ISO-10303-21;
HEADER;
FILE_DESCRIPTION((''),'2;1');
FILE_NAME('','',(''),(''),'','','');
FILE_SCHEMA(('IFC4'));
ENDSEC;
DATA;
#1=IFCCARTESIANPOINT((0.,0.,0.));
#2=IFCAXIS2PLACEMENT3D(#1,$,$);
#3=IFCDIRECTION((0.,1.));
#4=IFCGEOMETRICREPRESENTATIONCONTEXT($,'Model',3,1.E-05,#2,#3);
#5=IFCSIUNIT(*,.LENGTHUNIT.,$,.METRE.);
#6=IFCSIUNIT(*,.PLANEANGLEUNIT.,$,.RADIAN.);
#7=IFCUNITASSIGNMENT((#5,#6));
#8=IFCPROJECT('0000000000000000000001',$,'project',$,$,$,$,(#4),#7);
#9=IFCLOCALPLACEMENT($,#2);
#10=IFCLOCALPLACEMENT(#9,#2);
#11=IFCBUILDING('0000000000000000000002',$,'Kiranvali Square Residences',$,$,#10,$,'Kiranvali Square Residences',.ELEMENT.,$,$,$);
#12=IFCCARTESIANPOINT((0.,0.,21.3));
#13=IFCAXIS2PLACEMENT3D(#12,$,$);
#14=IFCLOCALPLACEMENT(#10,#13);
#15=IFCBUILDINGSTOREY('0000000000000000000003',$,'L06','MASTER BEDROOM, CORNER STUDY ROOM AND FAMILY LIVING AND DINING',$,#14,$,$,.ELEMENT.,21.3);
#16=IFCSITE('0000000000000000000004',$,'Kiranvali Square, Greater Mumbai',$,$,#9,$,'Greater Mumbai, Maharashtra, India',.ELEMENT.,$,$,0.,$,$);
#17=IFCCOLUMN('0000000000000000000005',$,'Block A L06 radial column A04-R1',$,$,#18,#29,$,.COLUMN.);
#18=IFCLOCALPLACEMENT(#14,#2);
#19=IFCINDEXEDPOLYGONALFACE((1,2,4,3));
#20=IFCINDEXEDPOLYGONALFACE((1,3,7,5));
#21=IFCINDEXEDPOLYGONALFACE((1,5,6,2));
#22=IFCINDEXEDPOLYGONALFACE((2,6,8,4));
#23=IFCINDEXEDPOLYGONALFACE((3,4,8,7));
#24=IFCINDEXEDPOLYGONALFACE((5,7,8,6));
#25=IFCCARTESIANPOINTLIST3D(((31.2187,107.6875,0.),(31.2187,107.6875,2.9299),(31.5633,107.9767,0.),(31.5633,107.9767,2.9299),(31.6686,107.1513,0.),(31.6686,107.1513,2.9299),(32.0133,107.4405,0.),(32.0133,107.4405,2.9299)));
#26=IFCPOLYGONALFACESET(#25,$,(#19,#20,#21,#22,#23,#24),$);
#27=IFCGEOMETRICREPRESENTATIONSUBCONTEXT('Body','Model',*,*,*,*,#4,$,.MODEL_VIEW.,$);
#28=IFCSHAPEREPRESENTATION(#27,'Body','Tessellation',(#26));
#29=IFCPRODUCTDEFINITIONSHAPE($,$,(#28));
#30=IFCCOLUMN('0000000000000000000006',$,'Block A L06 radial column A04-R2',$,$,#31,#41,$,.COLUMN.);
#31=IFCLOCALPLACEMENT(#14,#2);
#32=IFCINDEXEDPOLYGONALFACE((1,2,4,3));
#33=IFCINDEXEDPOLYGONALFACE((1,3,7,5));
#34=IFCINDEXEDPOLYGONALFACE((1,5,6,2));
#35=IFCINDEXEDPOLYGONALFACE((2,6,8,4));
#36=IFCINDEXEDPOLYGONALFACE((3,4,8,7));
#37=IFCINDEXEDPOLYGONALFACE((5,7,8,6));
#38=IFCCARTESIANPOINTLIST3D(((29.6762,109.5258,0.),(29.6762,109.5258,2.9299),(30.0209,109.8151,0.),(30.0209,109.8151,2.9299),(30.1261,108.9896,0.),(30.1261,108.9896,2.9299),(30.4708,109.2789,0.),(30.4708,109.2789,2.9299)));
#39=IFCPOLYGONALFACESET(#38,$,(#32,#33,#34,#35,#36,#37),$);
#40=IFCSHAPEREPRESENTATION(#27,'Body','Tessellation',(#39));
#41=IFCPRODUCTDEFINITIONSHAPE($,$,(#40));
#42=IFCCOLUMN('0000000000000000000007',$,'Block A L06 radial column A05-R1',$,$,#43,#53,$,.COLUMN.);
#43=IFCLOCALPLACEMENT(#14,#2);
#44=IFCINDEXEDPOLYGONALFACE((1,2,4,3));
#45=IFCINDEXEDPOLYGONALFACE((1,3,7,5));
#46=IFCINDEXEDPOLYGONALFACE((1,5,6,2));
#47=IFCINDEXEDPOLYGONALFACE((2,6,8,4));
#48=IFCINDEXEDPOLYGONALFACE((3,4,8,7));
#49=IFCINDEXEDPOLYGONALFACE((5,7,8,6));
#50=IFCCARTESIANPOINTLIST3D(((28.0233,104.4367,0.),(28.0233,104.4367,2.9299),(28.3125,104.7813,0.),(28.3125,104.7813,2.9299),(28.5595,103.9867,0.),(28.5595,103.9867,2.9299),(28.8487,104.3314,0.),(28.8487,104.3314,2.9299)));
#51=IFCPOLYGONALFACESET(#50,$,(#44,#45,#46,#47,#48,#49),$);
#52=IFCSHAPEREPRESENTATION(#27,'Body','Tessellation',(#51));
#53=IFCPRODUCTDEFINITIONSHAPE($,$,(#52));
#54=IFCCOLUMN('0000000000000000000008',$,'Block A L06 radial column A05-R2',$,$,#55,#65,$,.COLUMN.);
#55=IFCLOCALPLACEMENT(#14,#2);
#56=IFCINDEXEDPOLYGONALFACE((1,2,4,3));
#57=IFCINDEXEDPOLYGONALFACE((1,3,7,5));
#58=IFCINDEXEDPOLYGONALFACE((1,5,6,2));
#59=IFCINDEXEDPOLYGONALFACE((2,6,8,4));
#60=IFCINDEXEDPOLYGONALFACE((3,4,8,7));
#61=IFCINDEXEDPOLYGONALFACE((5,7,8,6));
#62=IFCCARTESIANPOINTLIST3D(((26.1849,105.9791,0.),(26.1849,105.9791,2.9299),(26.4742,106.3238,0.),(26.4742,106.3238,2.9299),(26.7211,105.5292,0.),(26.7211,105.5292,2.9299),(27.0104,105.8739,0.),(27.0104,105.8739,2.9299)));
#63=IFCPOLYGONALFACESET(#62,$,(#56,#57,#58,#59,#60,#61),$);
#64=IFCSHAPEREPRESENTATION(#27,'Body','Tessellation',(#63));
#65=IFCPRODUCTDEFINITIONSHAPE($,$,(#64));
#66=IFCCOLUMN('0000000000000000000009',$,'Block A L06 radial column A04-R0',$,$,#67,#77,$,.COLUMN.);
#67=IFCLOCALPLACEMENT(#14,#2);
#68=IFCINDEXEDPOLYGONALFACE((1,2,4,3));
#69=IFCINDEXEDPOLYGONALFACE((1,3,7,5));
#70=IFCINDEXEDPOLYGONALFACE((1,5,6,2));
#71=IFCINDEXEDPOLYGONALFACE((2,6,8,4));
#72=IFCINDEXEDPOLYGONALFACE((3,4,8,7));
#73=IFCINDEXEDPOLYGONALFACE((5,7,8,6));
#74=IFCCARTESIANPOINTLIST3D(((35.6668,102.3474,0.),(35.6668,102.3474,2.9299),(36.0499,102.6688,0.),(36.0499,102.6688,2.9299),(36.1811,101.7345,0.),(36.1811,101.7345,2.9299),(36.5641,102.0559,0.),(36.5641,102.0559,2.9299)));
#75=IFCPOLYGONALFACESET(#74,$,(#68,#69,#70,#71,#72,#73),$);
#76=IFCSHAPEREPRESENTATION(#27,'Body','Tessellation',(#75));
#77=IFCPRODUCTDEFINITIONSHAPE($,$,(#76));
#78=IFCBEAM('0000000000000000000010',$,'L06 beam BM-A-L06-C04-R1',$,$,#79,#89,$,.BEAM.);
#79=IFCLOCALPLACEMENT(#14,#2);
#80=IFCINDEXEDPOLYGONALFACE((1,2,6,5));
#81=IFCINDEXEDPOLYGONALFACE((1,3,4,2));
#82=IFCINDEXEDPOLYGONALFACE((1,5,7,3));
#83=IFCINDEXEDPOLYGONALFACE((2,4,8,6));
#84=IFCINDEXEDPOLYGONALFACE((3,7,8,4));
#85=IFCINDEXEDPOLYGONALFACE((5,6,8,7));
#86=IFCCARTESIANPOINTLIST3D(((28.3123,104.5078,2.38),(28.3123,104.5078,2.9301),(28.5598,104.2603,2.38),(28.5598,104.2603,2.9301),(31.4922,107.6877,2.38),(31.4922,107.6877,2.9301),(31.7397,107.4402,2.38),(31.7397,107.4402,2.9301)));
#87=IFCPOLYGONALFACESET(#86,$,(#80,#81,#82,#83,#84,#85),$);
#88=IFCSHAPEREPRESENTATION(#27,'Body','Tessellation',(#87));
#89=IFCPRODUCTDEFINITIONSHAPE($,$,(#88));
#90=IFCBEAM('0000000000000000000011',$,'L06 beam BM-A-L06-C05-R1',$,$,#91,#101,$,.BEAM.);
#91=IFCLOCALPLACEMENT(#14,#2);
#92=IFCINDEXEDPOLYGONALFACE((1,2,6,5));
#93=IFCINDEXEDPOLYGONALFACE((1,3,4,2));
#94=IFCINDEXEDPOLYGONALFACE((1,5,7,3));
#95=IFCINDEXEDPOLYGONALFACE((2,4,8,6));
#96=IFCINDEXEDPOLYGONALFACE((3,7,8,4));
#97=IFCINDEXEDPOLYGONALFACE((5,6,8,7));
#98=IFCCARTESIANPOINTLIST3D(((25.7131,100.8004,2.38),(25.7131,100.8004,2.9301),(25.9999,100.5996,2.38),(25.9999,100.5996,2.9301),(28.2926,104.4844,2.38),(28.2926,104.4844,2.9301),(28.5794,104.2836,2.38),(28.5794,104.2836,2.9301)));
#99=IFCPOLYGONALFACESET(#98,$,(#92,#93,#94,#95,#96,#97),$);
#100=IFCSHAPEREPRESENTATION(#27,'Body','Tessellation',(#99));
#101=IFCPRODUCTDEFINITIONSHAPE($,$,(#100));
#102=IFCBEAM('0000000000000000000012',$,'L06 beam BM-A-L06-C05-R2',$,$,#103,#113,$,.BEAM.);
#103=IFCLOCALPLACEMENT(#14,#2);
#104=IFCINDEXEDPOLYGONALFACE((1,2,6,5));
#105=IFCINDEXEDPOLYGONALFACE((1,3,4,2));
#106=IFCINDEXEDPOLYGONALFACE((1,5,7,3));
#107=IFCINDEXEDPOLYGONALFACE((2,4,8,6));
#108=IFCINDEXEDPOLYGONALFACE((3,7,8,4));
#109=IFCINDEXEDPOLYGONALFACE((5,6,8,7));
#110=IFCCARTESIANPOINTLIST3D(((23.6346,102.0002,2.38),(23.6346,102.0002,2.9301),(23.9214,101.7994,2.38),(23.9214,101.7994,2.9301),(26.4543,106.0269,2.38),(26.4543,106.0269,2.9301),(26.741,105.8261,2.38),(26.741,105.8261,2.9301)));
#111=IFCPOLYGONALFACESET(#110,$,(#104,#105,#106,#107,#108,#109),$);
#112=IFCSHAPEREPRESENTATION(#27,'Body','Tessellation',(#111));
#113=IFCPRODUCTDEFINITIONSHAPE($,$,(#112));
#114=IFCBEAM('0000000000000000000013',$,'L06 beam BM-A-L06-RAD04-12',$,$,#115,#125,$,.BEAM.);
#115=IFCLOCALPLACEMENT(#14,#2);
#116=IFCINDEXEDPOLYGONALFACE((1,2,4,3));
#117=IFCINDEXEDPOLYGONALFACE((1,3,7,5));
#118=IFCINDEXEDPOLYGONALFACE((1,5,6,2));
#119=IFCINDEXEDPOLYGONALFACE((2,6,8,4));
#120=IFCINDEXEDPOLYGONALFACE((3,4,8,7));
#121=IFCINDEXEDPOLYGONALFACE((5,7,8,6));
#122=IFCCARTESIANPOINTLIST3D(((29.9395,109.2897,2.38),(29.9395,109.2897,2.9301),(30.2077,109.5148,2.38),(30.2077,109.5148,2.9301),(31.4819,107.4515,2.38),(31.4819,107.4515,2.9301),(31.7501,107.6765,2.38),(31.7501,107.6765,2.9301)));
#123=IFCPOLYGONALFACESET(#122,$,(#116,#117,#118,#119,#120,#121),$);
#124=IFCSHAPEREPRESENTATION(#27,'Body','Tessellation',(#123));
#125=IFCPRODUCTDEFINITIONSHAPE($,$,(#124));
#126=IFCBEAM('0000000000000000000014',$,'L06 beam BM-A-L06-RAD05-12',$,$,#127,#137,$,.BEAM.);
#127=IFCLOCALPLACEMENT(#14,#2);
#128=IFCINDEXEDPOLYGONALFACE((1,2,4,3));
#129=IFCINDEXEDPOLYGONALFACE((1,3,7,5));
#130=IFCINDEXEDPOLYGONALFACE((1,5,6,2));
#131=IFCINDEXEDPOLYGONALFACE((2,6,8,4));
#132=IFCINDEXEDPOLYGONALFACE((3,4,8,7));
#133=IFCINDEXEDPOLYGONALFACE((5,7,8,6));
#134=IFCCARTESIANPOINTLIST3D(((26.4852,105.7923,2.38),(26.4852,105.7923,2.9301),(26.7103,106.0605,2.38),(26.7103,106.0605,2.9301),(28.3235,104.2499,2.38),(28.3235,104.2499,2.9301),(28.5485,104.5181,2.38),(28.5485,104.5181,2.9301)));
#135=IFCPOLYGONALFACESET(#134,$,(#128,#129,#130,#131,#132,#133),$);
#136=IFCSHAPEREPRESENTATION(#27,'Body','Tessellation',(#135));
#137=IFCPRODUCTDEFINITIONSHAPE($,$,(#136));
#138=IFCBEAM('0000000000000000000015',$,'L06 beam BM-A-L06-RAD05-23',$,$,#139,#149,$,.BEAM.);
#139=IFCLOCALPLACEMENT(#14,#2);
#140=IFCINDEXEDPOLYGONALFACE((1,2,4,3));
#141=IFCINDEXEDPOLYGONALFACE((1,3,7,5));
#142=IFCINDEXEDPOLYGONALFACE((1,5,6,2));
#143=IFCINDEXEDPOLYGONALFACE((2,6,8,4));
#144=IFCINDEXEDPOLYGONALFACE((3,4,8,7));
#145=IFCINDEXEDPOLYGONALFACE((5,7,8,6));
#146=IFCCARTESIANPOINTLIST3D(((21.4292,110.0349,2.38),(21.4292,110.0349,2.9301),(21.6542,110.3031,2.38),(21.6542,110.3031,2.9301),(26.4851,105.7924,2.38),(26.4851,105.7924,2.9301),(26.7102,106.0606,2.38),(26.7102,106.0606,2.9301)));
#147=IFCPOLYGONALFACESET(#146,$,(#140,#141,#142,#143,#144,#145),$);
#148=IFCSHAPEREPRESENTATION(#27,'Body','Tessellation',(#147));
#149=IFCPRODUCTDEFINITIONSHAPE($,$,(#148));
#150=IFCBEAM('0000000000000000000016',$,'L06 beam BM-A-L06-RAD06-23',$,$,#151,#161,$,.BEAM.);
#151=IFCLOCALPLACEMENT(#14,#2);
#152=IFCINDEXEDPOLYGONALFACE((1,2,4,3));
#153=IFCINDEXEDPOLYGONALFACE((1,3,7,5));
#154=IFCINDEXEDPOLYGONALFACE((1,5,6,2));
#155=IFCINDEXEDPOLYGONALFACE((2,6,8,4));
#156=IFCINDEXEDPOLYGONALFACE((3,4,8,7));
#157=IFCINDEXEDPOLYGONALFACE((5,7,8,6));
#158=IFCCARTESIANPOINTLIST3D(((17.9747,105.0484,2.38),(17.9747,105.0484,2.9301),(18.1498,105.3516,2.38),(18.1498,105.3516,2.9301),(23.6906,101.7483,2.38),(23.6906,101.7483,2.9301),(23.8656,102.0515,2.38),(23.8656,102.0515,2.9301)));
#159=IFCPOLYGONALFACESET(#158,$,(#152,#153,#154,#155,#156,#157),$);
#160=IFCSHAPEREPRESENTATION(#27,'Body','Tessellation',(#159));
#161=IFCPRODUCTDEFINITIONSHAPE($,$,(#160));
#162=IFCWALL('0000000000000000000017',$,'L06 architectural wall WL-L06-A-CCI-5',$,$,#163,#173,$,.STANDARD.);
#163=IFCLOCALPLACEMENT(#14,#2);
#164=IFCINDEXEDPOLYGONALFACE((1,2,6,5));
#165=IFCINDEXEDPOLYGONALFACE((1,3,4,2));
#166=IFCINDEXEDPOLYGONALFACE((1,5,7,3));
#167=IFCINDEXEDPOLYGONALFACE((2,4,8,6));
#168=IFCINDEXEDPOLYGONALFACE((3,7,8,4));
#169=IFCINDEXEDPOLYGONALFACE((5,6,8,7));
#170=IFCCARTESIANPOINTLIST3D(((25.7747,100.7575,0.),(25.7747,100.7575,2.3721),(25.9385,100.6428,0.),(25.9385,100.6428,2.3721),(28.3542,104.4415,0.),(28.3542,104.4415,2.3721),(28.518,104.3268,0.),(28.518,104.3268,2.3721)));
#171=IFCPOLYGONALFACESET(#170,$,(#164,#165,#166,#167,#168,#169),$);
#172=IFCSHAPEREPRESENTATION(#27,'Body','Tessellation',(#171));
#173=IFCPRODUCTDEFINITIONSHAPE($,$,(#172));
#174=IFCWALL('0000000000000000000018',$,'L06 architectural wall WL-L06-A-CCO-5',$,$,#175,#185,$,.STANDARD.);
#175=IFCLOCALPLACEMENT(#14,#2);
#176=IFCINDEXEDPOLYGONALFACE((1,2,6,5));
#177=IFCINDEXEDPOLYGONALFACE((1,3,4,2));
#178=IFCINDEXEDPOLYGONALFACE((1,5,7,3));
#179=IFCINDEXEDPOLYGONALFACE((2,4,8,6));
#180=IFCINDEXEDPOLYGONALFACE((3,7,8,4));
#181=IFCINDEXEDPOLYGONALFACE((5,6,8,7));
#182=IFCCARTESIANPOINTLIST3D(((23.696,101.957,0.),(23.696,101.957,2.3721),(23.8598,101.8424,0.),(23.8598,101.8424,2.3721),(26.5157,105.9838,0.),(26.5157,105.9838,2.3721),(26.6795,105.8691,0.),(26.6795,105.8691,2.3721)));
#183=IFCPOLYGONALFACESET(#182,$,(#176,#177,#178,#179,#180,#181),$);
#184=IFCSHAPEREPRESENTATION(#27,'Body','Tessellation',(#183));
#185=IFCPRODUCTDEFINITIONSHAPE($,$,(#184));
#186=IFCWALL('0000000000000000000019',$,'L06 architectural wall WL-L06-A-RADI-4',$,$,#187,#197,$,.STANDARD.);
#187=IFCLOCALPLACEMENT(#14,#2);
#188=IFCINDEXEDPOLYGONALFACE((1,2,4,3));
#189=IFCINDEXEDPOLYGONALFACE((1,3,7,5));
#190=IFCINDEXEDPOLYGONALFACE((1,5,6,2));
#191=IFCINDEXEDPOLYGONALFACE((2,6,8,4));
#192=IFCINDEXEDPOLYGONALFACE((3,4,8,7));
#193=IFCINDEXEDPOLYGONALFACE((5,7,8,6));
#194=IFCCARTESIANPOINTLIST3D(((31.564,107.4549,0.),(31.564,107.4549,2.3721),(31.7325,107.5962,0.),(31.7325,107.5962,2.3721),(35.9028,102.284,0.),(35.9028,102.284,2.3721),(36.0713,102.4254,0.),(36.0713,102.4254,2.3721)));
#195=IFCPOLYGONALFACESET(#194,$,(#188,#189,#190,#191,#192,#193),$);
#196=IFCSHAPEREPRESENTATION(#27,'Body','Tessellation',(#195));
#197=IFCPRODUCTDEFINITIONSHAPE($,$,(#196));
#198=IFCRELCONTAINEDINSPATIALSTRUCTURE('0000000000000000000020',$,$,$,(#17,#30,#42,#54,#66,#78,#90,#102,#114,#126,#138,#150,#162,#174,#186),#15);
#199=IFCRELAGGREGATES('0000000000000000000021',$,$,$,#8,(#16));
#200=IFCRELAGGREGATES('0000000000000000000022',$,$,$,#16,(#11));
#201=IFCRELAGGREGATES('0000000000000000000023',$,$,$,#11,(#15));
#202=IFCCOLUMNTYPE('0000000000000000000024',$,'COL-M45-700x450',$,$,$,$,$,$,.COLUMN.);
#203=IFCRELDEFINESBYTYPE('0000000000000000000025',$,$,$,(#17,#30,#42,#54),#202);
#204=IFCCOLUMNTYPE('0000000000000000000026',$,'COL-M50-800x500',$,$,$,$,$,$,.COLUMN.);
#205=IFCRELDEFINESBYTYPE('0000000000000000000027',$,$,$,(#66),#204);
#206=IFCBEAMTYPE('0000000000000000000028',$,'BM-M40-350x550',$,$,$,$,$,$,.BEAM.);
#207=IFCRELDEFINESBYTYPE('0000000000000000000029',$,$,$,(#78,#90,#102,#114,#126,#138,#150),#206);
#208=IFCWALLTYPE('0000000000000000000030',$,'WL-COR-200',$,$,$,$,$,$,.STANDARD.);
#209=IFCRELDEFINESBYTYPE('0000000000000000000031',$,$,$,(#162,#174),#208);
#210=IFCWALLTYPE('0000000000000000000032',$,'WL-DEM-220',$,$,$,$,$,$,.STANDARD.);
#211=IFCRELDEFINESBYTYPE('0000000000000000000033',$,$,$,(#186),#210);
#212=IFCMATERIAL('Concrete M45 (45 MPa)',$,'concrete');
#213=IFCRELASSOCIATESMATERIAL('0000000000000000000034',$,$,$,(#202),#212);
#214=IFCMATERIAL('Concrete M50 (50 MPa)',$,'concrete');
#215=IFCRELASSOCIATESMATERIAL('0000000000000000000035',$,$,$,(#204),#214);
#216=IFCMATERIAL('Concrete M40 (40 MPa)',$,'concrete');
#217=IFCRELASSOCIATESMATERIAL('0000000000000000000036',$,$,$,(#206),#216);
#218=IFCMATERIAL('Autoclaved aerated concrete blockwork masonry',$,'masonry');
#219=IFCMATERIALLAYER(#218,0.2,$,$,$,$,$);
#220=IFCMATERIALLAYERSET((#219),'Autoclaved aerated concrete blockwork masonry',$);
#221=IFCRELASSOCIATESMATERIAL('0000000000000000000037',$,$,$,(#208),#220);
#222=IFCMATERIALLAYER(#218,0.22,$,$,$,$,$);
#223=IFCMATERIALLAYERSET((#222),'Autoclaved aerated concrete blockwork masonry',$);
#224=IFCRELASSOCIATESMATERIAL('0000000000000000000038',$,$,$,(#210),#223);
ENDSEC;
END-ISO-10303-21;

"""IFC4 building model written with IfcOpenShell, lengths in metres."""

from ifc_helpers import new_model, si_unit, direction, frame, frame_2d, origin, origin_2d, place, context, subcontext, project, spatial, rectangle, extrude, material, layer, layer_set, material_profile, profile_set, type_object, element, save


model = new_model("IFC4")

# Units and contexts
model_context = context("Model", 3, precision=1e-05, world=origin(), true_north=direction((0.0, 1.0)))
body_context = subcontext(model_context, "Body", "Model", "MODEL_VIEW")
ifc_project = project(units=[si_unit("LENGTHUNIT", "METRE"), si_unit("PLANEANGLEUNIT", "RADIAN")], contexts=[model_context])

# Site, building, storey
site_placement = place(None, origin())
site = spatial("IfcSite", under=ifc_project, at=site_placement, Name="Kiranvali Square, Greater Mumbai", LongName="Greater Mumbai, Maharashtra, India", CompositionType="ELEMENT", RefElevation=0.0)
building_placement = place(site_placement, origin())
building = spatial("IfcBuilding", under=site, at=building_placement, Name="Kiranvali Square Residences", LongName="Kiranvali Square Residences", CompositionType="ELEMENT")
storey_placement = place(building_placement, frame((0.0, 0.0, 21.3)))
storey = spatial("IfcBuildingStorey", under=building, at=storey_placement, Name="L06", Description="MASTER BEDROOM, CORNER STUDY ROOM AND FAMILY LIVING AND DINING", CompositionType="ELEMENT", Elevation=21.3)

# Columns
ifc_material_1 = material(Name="Concrete M45 (45 MPa)", Category="concrete")
ifc_material_profile_1 = material_profile(ifc_material_1, rectangle(XDim=0.45, YDim=0.7, at=origin_2d()), Name="RC 700x450")
ifc_profile_set_1 = profile_set([ifc_material_profile_1], Name="Concrete M45 (45 MPa)")
column_type_1 = type_object("IfcColumnType", Name="COL-M45-700x450", PredefinedType="COLUMN", material=ifc_profile_set_1)
for number, where, z_axis, x_axis, name in (
    (1, (31.616, 107.564, 0.0), (0.0, 0.0, 1.0), (0.766044, 0.642788, 0.0), "Block A L06 radial column A04-R1"),
    (2, (30.0735, 109.4023, 0.0), (0.0, 0.0, 1.0), (0.766044, 0.642788, 0.0), "Block A L06 radial column A04-R2"),
    (3, (28.436, 104.384, 0.0), (0.0, 0.0, 1.0), (0.642788, 0.766044, 0.0), "Block A L06 radial column A05-R1"),
    (4, (26.5977, 105.9265, 0.0), (0.0, 0.0, 1.0), (0.642788, 0.766044, 0.0), "Block A L06 radial column A05-R2"),
):
    element("IfcColumn", number, at=place(storey_placement, frame(where, z_axis=z_axis, x_axis=x_axis)), inside=storey, type_object=column_type_1, Name=name, PredefinedType="COLUMN", context=body_context, shape_type="SweptSolid", body=[
        extrude(rectangle(XDim=0.45, YDim=0.7, at=origin_2d()), origin(), (0.0, 0.0, 1.0), 2.9299),
    ])
ifc_material_2 = material(Name="Concrete M50 (50 MPa)", Category="concrete")
ifc_material_profile_2 = material_profile(ifc_material_2, rectangle(XDim=0.5, YDim=0.8, at=origin_2d()), Name="RC 800x500")
ifc_profile_set_2 = profile_set([ifc_material_profile_2], Name="Concrete M50 (50 MPa)")
column_type_2 = type_object("IfcColumnType", Name="COL-M50-800x500", PredefinedType="COLUMN", material=ifc_profile_set_2)
column_placement = place(storey_placement, frame((36.1155, 102.2017, 0.0), z_axis=(0.0, 0.0, 1.0), x_axis=(0.766044, 0.642788, 0.0)))
element("IfcColumn", 5, at=column_placement, inside=storey, type_object=column_type_2, Name="Block A L06 radial column A04-R0", PredefinedType="COLUMN", context=body_context, shape_type="SweptSolid", body=[
    extrude(rectangle(XDim=0.5, YDim=0.8, at=origin_2d()), origin(), (0.0, 0.0, 1.0), 2.9299),
])

# Beams
ifc_material_3 = material(Name="Concrete M40 (40 MPa)", Category="concrete")
ifc_material_profile_3 = material_profile(ifc_material_3, rectangle(XDim=0.3501, YDim=0.55, at=origin_2d()), Name="RC 350x550")
ifc_profile_set_3 = profile_set([ifc_material_profile_3], Name="Concrete M40 (40 MPa)")
beam_type = type_object("IfcBeamType", Name="BM-M40-350x550", PredefinedType="BEAM", material=ifc_profile_set_3)
beam_1_placement = place(storey_placement, frame((31.616, 107.564, 2.655), z_axis=(-0.707107, -0.707107, 0.0), x_axis=(0.707107, -0.707107, 0.0)))
element("IfcBeam", 6, at=beam_1_placement, inside=storey, type_object=beam_type, Name="L06 beam BM-A-L06-C04-R1", PredefinedType="BEAM", context=body_context, shape_type="SweptSolid", body=[
    extrude(rectangle(XDim=0.3501, YDim=0.55, at=origin_2d()), origin(), (0.0, 0.0, 1.0), 4.4971),
])
beam_2_placement = place(storey_placement, frame((28.436, 104.384, 2.655), z_axis=(-0.573572, -0.819155, 0.0), x_axis=(0.819155, -0.573572, 0.0)))
element("IfcBeam", 7, at=beam_2_placement, inside=storey, type_object=beam_type, Name="L06 beam BM-A-L06-C05-R1", PredefinedType="BEAM", context=body_context, shape_type="SweptSolid", body=[
    extrude(rectangle(XDim=0.3501, YDim=0.55, at=origin_2d()), origin(), (0.0, 0.0, 1.0), 4.4973),
])
beam_3_placement = place(storey_placement, frame((26.5977, 105.9265, 2.655), z_axis=(-0.573592, -0.819141, 0.0), x_axis=(0.819141, -0.573592, 0.0)))
element("IfcBeam", 8, at=beam_3_placement, inside=storey, type_object=beam_type, Name="L06 beam BM-A-L06-C05-R2", PredefinedType="BEAM", context=body_context, shape_type="SweptSolid", body=[
    extrude(rectangle(XDim=0.3501, YDim=0.55, at=origin_2d()), origin(), (0.0, 0.0, 1.0), 4.9158),
])
for number, where, z_axis, x_axis, name in (
    (9, (31.616, 107.564, 2.655), (-0.642763, 0.766065, 0.0), (-0.766065, -0.642763, 0.0), "L06 beam BM-A-L06-RAD04-12"),
    (10, (28.436, 104.384, 2.655), (-0.766065, 0.642763, 0.0), (-0.642763, -0.766065, 0.0), "L06 beam BM-A-L06-RAD05-12"),
):
    element("IfcBeam", number, at=place(storey_placement, frame(where, z_axis=z_axis, x_axis=x_axis)), inside=storey, type_object=beam_type, Name=name, PredefinedType="BEAM", context=body_context, shape_type="SweptSolid", body=[
        extrude(rectangle(XDim=0.3501, YDim=0.55, at=origin_2d()), origin(), (0.0, 0.0, 1.0), 2.3997),
    ])
for number, where, z_axis, x_axis, name in (
    (11, (26.5977, 105.9265, 2.655), (-0.766043, 0.642789, 0.0), (-0.642789, -0.766043, 0.0), "L06 beam BM-A-L06-RAD05-23"),
    (12, (23.7781, 101.8999, 2.655), (-0.866024, 0.500002, 0.0), (-0.500002, -0.866024, 0.0), "L06 beam BM-A-L06-RAD06-23"),
):
    element("IfcBeam", number, at=place(storey_placement, frame(where, z_axis=z_axis, x_axis=x_axis)), inside=storey, type_object=beam_type, Name=name, PredefinedType="BEAM", context=body_context, shape_type="SweptSolid", body=[
        extrude(rectangle(XDim=0.3501, YDim=0.55, at=origin_2d()), origin(), (0.0, 0.0, 1.0), 6.6001),
    ])

# Shared definitions
ifc_material_4 = material(Name="Autoclaved aerated concrete blockwork masonry", Category="masonry")
ifc_layer_1 = layer(ifc_material_4, 0.2)
ifc_layer_set_1 = layer_set([ifc_layer_1], Name="Autoclaved aerated concrete blockwork masonry")
wall_type_1 = type_object("IfcWallType", Name="WL-COR-200", PredefinedType="STANDARD", material=ifc_layer_set_1)

# Walls
wall_1_placement = place(storey_placement, frame((28.436, 104.384, 0.0), z_axis=(0.0, 0.0, 1.0), x_axis=(-0.573572, -0.819155, 0.0)))
element("IfcWall", 13, at=wall_1_placement, inside=storey, type_object=wall_type_1, Name="L06 architectural wall WL-L06-A-CCI-5", PredefinedType="STANDARD", context=body_context, shape_type="SweptSolid", body=[
    extrude(rectangle(XDim=4.4973, YDim=0.2, at=frame_2d((2.2485, 0.0))), origin(), (0.0, 0.0, 1.0), 2.3721),
])
wall_2_placement = place(storey_placement, frame((26.5977, 105.9265, 0.0), z_axis=(0.0, 0.0, 1.0), x_axis=(-0.573592, -0.819141, 0.0)))
element("IfcWall", 14, at=wall_2_placement, inside=storey, type_object=wall_type_1, Name="L06 architectural wall WL-L06-A-CCO-5", PredefinedType="STANDARD", context=body_context, shape_type="SweptSolid", body=[
    extrude(rectangle(XDim=4.9158, YDim=0.2, at=frame_2d((2.458, 0.0))), origin(), (0.0, 0.0, 1.0), 2.3721),
])

# Wall
ifc_layer_2 = layer(ifc_material_4, 0.22)
ifc_layer_set_2 = layer_set([ifc_layer_2], Name="Autoclaved aerated concrete blockwork masonry")
wall_type_2 = type_object("IfcWallType", Name="WL-DEM-220", PredefinedType="STANDARD", material=ifc_layer_set_2)
wall_3_placement = place(storey_placement, frame((35.9871, 102.3547, 0.0), z_axis=(0.0, 0.0, 1.0), x_axis=(-0.642785, 0.766047, 0.0)))
element("IfcWall", 15, at=wall_3_placement, inside=storey, type_object=wall_type_2, Name="L06 architectural wall WL-L06-A-RADI-4", PredefinedType="STANDARD", context=body_context, shape_type="SweptSolid", body=[
    extrude(rectangle(XDim=6.75, YDim=0.22, at=frame_2d((3.375, 0.0))), origin(), (0.0, 0.0, 1.0), 2.3721),
])

save(model, "model.ifc")
